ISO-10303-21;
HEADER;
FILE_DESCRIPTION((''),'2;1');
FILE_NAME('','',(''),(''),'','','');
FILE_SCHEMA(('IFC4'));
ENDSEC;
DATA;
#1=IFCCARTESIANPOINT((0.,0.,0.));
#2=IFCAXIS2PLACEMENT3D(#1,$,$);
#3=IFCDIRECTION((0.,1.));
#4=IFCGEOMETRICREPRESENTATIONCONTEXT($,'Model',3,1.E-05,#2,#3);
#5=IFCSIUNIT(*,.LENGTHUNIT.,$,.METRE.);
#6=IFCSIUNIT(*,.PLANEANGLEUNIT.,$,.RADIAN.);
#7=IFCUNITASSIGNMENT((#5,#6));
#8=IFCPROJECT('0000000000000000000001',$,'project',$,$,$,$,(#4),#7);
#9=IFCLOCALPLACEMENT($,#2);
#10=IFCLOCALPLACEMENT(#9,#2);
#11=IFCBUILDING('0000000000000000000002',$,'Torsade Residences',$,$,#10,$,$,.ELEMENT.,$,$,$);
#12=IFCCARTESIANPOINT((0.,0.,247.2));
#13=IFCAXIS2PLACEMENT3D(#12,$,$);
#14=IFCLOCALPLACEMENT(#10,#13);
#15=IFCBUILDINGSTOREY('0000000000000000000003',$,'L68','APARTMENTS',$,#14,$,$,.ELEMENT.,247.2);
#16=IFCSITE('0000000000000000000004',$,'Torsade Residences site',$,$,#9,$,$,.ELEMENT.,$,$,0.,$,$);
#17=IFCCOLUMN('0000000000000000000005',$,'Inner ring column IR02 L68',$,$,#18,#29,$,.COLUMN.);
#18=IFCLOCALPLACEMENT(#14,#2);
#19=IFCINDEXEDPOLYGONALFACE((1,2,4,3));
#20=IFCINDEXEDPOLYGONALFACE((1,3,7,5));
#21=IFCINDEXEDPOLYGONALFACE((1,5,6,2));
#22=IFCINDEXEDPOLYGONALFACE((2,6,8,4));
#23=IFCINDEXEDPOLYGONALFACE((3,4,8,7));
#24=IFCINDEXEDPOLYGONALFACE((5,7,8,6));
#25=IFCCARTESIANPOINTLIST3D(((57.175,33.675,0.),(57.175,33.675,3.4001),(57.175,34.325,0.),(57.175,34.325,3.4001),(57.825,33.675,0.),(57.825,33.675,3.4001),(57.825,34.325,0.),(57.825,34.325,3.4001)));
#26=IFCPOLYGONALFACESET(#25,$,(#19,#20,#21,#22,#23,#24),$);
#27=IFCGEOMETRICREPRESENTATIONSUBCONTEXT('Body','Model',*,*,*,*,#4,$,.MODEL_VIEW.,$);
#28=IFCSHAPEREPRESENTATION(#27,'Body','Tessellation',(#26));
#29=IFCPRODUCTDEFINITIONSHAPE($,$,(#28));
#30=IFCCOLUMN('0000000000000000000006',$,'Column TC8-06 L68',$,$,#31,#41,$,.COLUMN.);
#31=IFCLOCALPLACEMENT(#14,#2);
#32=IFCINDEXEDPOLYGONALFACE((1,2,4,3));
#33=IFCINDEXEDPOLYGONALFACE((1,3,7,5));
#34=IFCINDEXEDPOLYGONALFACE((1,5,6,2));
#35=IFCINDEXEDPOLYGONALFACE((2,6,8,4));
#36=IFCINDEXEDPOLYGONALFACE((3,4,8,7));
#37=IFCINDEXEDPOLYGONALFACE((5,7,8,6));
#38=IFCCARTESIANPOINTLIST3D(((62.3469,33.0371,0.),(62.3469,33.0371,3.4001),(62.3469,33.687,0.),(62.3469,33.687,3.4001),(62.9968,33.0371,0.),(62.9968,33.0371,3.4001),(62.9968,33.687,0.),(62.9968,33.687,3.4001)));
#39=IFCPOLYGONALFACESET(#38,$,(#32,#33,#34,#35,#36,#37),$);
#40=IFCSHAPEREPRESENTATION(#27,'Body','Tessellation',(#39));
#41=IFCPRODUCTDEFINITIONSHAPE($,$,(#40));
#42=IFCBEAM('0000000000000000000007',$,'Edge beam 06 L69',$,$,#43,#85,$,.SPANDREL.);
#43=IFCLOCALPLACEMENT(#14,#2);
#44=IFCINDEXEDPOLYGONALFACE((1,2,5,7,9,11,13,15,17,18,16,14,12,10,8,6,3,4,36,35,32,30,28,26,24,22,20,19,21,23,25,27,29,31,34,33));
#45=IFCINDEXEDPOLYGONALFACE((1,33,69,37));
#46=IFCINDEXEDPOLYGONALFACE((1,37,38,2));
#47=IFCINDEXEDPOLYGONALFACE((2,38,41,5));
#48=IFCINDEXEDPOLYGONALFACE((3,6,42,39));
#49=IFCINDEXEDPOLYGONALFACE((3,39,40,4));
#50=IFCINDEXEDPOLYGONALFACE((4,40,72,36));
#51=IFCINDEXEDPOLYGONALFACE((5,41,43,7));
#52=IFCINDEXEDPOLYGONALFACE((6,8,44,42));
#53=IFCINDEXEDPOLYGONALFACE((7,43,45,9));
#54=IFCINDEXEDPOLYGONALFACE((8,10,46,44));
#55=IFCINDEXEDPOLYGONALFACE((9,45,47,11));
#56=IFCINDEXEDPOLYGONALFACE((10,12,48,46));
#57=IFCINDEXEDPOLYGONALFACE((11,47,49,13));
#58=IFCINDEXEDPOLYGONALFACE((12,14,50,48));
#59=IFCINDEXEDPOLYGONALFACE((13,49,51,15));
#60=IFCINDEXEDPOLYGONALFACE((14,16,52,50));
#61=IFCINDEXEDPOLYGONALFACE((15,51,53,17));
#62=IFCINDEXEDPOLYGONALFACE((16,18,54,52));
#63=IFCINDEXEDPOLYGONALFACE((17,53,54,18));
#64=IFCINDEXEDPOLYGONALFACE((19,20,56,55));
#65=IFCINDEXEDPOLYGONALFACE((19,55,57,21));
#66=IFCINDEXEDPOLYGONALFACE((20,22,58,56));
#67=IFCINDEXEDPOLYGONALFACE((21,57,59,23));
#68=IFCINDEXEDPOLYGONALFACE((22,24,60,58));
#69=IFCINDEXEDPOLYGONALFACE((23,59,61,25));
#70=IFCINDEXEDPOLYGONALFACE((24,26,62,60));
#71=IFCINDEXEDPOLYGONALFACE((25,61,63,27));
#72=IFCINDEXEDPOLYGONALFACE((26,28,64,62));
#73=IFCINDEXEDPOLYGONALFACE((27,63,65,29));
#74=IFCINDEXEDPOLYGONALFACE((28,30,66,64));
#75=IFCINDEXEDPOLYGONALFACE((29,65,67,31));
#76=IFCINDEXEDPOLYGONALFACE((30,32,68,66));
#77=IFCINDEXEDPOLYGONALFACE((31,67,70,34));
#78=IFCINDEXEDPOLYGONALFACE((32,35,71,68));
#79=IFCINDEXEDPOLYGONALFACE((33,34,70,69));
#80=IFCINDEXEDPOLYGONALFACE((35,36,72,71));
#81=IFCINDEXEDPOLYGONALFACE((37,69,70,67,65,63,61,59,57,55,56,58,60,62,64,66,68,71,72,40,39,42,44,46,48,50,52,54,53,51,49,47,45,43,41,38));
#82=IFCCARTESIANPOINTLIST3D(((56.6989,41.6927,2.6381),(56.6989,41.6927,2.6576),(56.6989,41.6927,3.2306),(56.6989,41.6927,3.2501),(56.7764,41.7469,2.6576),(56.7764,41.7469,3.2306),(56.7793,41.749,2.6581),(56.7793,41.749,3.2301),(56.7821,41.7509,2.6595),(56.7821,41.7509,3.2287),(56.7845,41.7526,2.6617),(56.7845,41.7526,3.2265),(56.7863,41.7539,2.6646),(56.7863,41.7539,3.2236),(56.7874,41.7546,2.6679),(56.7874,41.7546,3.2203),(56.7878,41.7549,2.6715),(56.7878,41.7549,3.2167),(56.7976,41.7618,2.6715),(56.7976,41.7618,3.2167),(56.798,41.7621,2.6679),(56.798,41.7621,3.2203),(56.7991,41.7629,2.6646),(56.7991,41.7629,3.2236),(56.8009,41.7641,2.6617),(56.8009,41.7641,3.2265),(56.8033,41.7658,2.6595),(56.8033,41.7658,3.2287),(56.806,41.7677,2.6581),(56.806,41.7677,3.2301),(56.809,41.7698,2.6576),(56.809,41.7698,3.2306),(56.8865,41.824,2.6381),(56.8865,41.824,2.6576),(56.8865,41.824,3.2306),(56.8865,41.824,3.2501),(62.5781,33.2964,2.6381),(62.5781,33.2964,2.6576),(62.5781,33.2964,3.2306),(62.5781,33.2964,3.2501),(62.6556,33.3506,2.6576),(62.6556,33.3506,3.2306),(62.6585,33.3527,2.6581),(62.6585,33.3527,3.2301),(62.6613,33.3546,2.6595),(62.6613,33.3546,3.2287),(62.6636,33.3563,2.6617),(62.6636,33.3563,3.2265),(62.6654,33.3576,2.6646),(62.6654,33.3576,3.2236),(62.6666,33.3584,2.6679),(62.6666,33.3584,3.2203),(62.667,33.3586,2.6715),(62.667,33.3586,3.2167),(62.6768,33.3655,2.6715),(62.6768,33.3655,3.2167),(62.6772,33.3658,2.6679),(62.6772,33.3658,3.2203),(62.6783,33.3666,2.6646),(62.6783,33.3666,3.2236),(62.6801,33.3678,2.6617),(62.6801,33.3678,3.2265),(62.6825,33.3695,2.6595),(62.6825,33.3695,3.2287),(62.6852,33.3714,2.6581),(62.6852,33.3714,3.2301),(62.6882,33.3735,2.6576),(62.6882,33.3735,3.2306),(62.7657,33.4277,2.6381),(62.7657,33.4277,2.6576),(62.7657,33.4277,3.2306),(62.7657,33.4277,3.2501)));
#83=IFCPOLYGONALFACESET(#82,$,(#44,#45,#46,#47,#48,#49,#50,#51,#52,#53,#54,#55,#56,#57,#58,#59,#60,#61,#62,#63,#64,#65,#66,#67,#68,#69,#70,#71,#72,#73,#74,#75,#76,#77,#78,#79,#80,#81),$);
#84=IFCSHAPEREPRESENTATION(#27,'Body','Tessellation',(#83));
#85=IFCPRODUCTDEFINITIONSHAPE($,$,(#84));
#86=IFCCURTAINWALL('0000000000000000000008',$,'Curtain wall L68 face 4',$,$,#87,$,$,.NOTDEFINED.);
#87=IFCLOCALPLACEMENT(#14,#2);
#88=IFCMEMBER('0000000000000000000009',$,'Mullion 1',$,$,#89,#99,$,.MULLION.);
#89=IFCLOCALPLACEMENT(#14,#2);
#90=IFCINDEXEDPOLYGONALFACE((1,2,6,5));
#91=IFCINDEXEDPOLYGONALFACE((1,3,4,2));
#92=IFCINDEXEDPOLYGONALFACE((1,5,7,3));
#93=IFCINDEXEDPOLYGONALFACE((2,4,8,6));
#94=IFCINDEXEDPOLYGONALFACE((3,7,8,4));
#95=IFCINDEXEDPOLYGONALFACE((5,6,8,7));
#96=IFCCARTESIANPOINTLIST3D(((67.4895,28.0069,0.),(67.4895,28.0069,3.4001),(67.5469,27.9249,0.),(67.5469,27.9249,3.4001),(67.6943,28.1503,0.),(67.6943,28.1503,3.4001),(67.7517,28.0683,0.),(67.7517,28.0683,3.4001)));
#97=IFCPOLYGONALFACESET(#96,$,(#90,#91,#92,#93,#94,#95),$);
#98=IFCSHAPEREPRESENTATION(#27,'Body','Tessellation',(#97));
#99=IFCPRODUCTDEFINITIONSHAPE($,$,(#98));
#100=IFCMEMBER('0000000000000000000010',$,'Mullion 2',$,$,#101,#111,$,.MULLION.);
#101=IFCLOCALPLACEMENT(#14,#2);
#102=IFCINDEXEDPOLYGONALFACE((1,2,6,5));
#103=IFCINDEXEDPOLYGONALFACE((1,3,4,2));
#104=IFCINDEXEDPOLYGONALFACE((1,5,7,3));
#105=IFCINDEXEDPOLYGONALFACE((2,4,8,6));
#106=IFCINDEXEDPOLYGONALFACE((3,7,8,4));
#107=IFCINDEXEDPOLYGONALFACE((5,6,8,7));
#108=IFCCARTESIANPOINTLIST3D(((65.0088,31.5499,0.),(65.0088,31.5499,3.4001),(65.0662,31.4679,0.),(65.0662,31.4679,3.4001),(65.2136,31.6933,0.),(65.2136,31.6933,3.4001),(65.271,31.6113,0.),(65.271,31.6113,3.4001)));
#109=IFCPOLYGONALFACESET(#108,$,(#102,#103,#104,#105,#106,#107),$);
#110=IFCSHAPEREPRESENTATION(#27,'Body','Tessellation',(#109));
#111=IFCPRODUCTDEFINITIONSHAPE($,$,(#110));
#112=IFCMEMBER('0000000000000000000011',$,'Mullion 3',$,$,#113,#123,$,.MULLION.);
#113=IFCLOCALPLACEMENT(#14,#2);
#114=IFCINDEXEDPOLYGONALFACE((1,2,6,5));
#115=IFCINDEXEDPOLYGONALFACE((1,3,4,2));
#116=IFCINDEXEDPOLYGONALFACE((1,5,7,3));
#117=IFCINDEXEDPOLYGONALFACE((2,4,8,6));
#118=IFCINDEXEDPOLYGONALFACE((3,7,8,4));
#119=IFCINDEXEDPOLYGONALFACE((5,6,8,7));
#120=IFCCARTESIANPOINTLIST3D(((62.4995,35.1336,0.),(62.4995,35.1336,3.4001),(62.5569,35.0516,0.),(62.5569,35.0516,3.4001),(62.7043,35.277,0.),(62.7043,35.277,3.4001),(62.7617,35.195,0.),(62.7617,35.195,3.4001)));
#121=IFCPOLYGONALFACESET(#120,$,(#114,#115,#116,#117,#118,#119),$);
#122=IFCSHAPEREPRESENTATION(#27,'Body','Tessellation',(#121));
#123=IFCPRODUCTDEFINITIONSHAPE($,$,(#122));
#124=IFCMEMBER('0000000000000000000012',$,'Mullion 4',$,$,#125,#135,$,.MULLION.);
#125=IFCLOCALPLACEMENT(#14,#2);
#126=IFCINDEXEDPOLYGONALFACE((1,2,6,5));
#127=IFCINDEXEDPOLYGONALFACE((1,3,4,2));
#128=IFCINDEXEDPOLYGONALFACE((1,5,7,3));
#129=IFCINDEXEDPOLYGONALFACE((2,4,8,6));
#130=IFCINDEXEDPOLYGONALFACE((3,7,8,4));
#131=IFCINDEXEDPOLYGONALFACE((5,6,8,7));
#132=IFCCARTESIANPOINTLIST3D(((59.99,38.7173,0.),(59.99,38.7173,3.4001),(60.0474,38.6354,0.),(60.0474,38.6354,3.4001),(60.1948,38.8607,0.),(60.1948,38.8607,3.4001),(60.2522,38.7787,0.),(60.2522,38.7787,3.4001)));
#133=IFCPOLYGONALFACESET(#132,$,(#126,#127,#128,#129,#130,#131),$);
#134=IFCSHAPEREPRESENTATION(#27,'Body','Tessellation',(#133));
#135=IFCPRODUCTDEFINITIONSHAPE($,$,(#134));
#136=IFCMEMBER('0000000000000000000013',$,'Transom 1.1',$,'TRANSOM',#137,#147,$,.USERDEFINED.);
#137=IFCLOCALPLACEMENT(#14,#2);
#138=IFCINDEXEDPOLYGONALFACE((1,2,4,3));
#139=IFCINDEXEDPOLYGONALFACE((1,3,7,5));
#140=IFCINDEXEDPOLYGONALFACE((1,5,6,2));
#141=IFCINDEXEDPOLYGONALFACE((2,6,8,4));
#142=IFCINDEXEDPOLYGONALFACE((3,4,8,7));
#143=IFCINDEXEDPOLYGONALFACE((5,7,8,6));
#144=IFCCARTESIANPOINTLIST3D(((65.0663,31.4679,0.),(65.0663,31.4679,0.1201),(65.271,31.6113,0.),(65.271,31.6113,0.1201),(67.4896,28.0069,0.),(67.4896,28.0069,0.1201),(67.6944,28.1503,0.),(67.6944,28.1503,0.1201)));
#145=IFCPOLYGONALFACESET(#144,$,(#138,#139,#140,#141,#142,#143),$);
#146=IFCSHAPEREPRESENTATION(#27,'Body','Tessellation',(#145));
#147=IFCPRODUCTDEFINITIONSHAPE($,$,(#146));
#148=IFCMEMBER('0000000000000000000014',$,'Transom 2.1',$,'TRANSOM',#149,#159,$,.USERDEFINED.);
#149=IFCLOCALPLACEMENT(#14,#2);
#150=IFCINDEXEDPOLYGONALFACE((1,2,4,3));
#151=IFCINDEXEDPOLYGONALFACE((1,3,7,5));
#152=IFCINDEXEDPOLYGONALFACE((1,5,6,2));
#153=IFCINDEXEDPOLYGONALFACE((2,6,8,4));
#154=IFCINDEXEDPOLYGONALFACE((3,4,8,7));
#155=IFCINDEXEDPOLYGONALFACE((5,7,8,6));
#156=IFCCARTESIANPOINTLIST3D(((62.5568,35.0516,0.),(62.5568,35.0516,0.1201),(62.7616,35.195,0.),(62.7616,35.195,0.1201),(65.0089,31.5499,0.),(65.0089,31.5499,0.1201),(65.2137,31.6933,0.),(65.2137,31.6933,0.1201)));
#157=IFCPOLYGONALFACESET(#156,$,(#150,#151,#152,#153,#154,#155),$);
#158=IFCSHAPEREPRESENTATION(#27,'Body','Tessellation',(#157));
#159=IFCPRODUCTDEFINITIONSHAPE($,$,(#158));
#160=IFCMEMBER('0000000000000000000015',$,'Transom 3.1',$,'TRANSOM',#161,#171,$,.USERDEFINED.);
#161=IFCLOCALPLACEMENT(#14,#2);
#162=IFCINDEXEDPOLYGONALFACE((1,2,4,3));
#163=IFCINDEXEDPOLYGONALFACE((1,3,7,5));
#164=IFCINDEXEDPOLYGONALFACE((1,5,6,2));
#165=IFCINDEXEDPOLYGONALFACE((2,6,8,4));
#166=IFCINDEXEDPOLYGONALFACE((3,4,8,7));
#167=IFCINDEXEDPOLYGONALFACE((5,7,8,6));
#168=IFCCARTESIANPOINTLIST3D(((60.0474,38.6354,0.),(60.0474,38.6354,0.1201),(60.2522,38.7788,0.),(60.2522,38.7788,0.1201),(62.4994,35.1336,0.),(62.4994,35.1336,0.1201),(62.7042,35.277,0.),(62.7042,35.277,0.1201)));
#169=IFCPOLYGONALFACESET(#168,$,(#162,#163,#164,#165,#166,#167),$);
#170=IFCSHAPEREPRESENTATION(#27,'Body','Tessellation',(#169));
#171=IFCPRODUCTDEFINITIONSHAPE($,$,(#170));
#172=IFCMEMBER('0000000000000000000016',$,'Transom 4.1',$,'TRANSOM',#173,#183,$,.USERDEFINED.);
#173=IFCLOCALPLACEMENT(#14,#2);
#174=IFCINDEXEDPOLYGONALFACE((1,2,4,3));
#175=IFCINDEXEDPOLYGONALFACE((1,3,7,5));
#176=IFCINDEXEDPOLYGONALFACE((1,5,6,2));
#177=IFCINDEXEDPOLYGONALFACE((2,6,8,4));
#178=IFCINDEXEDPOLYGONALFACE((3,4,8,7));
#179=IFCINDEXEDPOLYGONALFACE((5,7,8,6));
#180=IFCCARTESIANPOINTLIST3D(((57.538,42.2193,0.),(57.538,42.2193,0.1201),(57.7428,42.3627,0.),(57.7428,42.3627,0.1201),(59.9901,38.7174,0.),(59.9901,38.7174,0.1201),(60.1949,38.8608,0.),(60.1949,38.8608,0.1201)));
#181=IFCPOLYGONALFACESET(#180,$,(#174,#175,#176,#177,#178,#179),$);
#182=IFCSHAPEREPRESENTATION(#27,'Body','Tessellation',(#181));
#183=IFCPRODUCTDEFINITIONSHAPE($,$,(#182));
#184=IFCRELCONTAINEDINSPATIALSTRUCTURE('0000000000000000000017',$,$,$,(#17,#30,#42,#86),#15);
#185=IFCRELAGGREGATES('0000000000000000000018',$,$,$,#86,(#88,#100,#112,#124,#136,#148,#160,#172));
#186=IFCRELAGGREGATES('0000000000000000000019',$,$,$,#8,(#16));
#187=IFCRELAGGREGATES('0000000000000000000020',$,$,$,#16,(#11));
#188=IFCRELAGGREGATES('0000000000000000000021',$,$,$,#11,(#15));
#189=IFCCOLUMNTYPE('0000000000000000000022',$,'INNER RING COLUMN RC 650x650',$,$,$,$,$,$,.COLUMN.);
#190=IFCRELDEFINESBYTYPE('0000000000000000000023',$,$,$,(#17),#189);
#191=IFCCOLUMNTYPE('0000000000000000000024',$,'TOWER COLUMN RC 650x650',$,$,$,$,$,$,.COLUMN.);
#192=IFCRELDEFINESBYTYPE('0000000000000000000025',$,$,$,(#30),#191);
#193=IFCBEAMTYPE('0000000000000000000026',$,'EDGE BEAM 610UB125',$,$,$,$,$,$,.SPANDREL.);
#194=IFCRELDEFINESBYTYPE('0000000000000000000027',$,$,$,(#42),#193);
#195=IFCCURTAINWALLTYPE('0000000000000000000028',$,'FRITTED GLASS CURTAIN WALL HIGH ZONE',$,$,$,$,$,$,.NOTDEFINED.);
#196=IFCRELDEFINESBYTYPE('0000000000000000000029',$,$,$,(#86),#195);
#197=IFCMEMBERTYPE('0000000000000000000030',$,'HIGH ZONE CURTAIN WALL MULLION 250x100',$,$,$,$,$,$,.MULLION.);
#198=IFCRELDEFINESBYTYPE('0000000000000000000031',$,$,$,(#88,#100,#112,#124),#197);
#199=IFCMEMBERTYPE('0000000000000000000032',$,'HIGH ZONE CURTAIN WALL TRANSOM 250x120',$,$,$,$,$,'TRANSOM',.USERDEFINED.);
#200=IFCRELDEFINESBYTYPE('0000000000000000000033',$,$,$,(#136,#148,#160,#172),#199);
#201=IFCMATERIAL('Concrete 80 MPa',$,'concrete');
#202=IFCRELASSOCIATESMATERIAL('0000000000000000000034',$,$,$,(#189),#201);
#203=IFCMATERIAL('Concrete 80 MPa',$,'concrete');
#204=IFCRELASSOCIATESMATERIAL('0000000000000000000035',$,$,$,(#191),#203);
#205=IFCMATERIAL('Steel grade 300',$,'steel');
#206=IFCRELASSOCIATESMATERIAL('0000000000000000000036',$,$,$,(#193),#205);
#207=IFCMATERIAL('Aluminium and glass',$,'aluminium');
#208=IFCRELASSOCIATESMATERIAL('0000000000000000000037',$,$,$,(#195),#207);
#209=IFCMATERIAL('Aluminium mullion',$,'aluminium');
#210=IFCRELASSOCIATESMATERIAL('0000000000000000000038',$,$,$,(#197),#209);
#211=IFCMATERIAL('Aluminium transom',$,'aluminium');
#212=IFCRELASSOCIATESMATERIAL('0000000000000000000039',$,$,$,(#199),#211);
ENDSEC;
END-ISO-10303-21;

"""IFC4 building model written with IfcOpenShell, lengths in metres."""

from ifc_helpers import new_model, si_unit, direction, frame, origin, origin_2d, place, context, subcontext, project, spatial, rectangle, i_section, extrude, material, material_profile, profile_set, type_object, element, aggregate, save


model = new_model("IFC4")

# Units and contexts
model_context = context("Model", 3, precision=1e-05, world=origin(), true_north=direction((0.0, 1.0)))
body_context = subcontext(model_context, "Body", "Model", "MODEL_VIEW")
ifc_project = project(units=[si_unit("LENGTHUNIT", "METRE"), si_unit("PLANEANGLEUNIT", "RADIAN")], contexts=[model_context])

# Site, building, storey
site_placement = place(None, origin())
site = spatial("IfcSite", under=ifc_project, at=site_placement, Name="Torsade Residences site", CompositionType="ELEMENT", RefElevation=0.0)
building_placement = place(site_placement, origin())
building = spatial("IfcBuilding", under=site, at=building_placement, Name="Torsade Residences", CompositionType="ELEMENT")
storey_placement = place(building_placement, frame((0.0, 0.0, 247.2)))
storey = spatial("IfcBuildingStorey", under=building, at=storey_placement, Name="L68", Description="APARTMENTS", CompositionType="ELEMENT", Elevation=247.2)

# Columns
ifc_material_1 = material(Name="Concrete 80 MPa", Category="concrete")
ifc_material_profile_1 = material_profile(ifc_material_1, rectangle(XDim=0.6499, YDim=0.6499, at=origin_2d()), Name="RC 650x650")
ifc_profile_set_1 = profile_set([ifc_material_profile_1], Name="Concrete 80 MPa")
column_type_1 = type_object("IfcColumnType", Name="INNER RING COLUMN RC 650x650", PredefinedType="COLUMN", material=ifc_profile_set_1)
column_1_placement = place(storey_placement, frame((57.5, 34.0, 0.0), z_axis=(0.0, 0.0, 1.0), x_axis=(1.0, 0.0, 0.0)))
element("IfcColumn", 1, at=column_1_placement, inside=storey, type_object=column_type_1, Name="Inner ring column IR02 L68", PredefinedType="COLUMN", context=body_context, shape_type="SweptSolid", body=[
    extrude(rectangle(XDim=0.6499, YDim=0.6499, at=origin_2d()), origin(), (0.0, 0.0, 1.0), 3.4001),
])
ifc_material_2 = material(Name="Concrete 80 MPa", Category="concrete")
ifc_material_profile_2 = material_profile(ifc_material_2, rectangle(XDim=0.6499, YDim=0.6499, at=origin_2d()), Name="RC 650x650")
ifc_profile_set_2 = profile_set([ifc_material_profile_2], Name="Concrete 80 MPa")
column_type_2 = type_object("IfcColumnType", Name="TOWER COLUMN RC 650x650", PredefinedType="COLUMN", material=ifc_profile_set_2)
column_2_placement = place(storey_placement, frame((62.6719, 33.3621, 0.0), z_axis=(0.0, 0.0, 1.0), x_axis=(1.0, 0.0, 0.0)))
element("IfcColumn", 2, at=column_2_placement, inside=storey, type_object=column_type_2, Name="Column TC8-06 L68", PredefinedType="COLUMN", context=body_context, shape_type="SweptSolid", body=[
    extrude(rectangle(XDim=0.6499, YDim=0.6499, at=origin_2d()), origin(), (0.0, 0.0, 1.0), 3.4001),
])

# Beam
ifc_material_3 = material(Name="Steel grade 300", Category="steel")
ifc_material_profile_3 = material_profile(ifc_material_3, i_section(OverallWidth=0.229, OverallDepth=0.6121, WebThickness=0.012, FlangeThickness=0.0195, FilletRadius=0.0139, at=origin_2d()), Name="610UB125")
ifc_profile_set_3 = profile_set([ifc_material_profile_3], Name="Steel grade 300")
beam_type_1 = type_object("IfcBeamType", Name="EDGE BEAM 610UB125", PredefinedType="SPANDREL", material=ifc_profile_set_3)
beam_1_placement = place(storey_placement, frame((62.6719, 33.3621, 2.9441), z_axis=(-0.573579, 0.81915, 0.0), x_axis=(-0.81915, -0.573579, 0.0)))
element("IfcBeam", 3, at=beam_1_placement, inside=storey, type_object=beam_type_1, Name="Edge beam 06 L69", PredefinedType="SPANDREL", context=body_context, shape_type="SweptSolid", body=[
    extrude(i_section(OverallWidth=0.229, OverallDepth=0.6121, WebThickness=0.012, FlangeThickness=0.0195, FilletRadius=0.0139, at=origin_2d()), origin(), (0.0, 0.0, 1.0), 10.25),
])

# Curtain wall, members
ifc_material_4 = material(Name="Aluminium and glass", Category="aluminium")
curtain_wall_type = type_object("IfcCurtainWallType", Name="FRITTED GLASS CURTAIN WALL HIGH ZONE", PredefinedType="NOTDEFINED", material=ifc_material_4)
curtain_wall_placement = place(storey_placement, origin())
curtain_wall = element("IfcCurtainWall", 4, at=curtain_wall_placement, inside=storey, type_object=curtain_wall_type, Name="Curtain wall L68 face 4", PredefinedType="NOTDEFINED")
ifc_material_5 = material(Name="Aluminium mullion", Category="aluminium")
ifc_material_profile_4 = material_profile(ifc_material_5, rectangle(XDim=0.25, YDim=0.1001, at=origin_2d()), Name="HIGH ZONE CURTAIN WALL MULLION 250x100")
ifc_profile_set_4 = profile_set([ifc_material_profile_4], Name="Aluminium mullion")
member_type_1 = type_object("IfcMemberType", Name="HIGH ZONE CURTAIN WALL MULLION 250x100", PredefinedType="MULLION", material=ifc_profile_set_4)
member_1_placement = place(storey_placement, frame((67.6206, 28.0376, 0.0), z_axis=(0.0, 0.0, 1.0), x_axis=(-0.819152, -0.573576, 0.0)))
member_1 = element("IfcMember", 5, at=member_1_placement, type_object=member_type_1, Name="Mullion 1", PredefinedType="MULLION", context=body_context, shape_type="SweptSolid", body=[
    extrude(rectangle(XDim=0.25, YDim=0.1001, at=origin_2d()), origin(), (0.0, 0.0, 1.0), 3.4001),
])
member_2_placement = place(storey_placement, frame((65.1399, 31.5806, 0.0), z_axis=(0.0, 0.0, 1.0), x_axis=(-0.819152, -0.573576, 0.0)))
member_2 = element("IfcMember", 6, at=member_2_placement, type_object=member_type_1, Name="Mullion 2", PredefinedType="MULLION", context=body_context, shape_type="SweptSolid", body=[
    extrude(rectangle(XDim=0.25, YDim=0.1001, at=origin_2d()), origin(), (0.0, 0.0, 1.0), 3.4001),
])
member_3_placement = place(storey_placement, frame((62.6306, 35.1643, 0.0), z_axis=(0.0, 0.0, 1.0), x_axis=(-0.819152, -0.573576, 0.0)))
member_3 = element("IfcMember", 7, at=member_3_placement, type_object=member_type_1, Name="Mullion 3", PredefinedType="MULLION", context=body_context, shape_type="SweptSolid", body=[
    extrude(rectangle(XDim=0.25, YDim=0.1001, at=origin_2d()), origin(), (0.0, 0.0, 1.0), 3.4001),
])
member_4_placement = place(storey_placement, frame((60.1211, 38.748, 0.0), z_axis=(0.0, 0.0, 1.0), x_axis=(-0.819152, -0.573576, 0.0)))
member_4 = element("IfcMember", 8, at=member_4_placement, type_object=member_type_1, Name="Mullion 4", PredefinedType="MULLION", context=body_context, shape_type="SweptSolid", body=[
    extrude(rectangle(XDim=0.25, YDim=0.1001, at=origin_2d()), origin(), (0.0, 0.0, 1.0), 3.4001),
])
ifc_material_6 = material(Name="Aluminium transom", Category="aluminium")
ifc_material_profile_5 = material_profile(ifc_material_6, rectangle(XDim=0.25, YDim=0.1201, at=origin_2d()), Name="HIGH ZONE CURTAIN WALL TRANSOM 250x120")
ifc_profile_set_5 = profile_set([ifc_material_profile_5], Name="Aluminium transom")
member_type_2 = type_object("IfcMemberType", Name="HIGH ZONE CURTAIN WALL TRANSOM 250x120", ElementType="TRANSOM", PredefinedType="USERDEFINED", material=ifc_profile_set_5)
member_5_placement = place(storey_placement, frame((67.592, 28.0786, 0.0601), z_axis=(-0.573571, 0.819156, 0.0), x_axis=(-0.819156, -0.573571, 0.0)))
member_5 = element("IfcMember", 9, at=member_5_placement, type_object=member_type_2, Name="Transom 1.1", ObjectType="TRANSOM", PredefinedType="USERDEFINED", context=body_context, shape_type="SweptSolid", body=[
    extrude(rectangle(XDim=0.25, YDim=0.1201, at=origin_2d()), origin(), (0.0, 0.0, 1.0), 4.2251),
])
member_6_placement = place(storey_placement, frame((65.1113, 31.6216, 0.0601), z_axis=(-0.573612, 0.819127, 0.0), x_axis=(-0.819127, -0.573612, 0.0)))
member_6 = element("IfcMember", 10, at=member_6_placement, type_object=member_type_2, Name="Transom 2.1", ObjectType="TRANSOM", PredefinedType="USERDEFINED", context=body_context, shape_type="SweptSolid", body=[
    extrude(rectangle(XDim=0.25, YDim=0.1201, at=origin_2d()), origin(), (0.0, 0.0, 1.0), 4.2749),
])
member_7_placement = place(storey_placement, frame((62.6018, 35.2053, 0.0601), z_axis=(-0.573573, 0.819154, 0.0), x_axis=(-0.819154, -0.573573, 0.0)))
member_7 = element("IfcMember", 11, at=member_7_placement, type_object=member_type_2, Name="Transom 3.1", ObjectType="TRANSOM", PredefinedType="USERDEFINED", context=body_context, shape_type="SweptSolid", body=[
    extrude(rectangle(XDim=0.25, YDim=0.1201, at=origin_2d()), origin(), (0.0, 0.0, 1.0), 4.2749),
])
member_8_placement = place(storey_placement, frame((60.0925, 38.7891, 0.0601), z_axis=(-0.573585, 0.819146, 0.0), x_axis=(-0.819146, -0.573585, 0.0)))
member_8 = element("IfcMember", 12, at=member_8_placement, type_object=member_type_2, Name="Transom 4.1", ObjectType="TRANSOM", PredefinedType="USERDEFINED", context=body_context, shape_type="SweptSolid", body=[
    extrude(rectangle(XDim=0.25, YDim=0.1201, at=origin_2d()), origin(), (0.0, 0.0, 1.0), 4.2751),
])

aggregate(curtain_wall, [member_1, member_2, member_3, member_4, member_5, member_6, member_7, member_8])

save(model, "model.ifc")
